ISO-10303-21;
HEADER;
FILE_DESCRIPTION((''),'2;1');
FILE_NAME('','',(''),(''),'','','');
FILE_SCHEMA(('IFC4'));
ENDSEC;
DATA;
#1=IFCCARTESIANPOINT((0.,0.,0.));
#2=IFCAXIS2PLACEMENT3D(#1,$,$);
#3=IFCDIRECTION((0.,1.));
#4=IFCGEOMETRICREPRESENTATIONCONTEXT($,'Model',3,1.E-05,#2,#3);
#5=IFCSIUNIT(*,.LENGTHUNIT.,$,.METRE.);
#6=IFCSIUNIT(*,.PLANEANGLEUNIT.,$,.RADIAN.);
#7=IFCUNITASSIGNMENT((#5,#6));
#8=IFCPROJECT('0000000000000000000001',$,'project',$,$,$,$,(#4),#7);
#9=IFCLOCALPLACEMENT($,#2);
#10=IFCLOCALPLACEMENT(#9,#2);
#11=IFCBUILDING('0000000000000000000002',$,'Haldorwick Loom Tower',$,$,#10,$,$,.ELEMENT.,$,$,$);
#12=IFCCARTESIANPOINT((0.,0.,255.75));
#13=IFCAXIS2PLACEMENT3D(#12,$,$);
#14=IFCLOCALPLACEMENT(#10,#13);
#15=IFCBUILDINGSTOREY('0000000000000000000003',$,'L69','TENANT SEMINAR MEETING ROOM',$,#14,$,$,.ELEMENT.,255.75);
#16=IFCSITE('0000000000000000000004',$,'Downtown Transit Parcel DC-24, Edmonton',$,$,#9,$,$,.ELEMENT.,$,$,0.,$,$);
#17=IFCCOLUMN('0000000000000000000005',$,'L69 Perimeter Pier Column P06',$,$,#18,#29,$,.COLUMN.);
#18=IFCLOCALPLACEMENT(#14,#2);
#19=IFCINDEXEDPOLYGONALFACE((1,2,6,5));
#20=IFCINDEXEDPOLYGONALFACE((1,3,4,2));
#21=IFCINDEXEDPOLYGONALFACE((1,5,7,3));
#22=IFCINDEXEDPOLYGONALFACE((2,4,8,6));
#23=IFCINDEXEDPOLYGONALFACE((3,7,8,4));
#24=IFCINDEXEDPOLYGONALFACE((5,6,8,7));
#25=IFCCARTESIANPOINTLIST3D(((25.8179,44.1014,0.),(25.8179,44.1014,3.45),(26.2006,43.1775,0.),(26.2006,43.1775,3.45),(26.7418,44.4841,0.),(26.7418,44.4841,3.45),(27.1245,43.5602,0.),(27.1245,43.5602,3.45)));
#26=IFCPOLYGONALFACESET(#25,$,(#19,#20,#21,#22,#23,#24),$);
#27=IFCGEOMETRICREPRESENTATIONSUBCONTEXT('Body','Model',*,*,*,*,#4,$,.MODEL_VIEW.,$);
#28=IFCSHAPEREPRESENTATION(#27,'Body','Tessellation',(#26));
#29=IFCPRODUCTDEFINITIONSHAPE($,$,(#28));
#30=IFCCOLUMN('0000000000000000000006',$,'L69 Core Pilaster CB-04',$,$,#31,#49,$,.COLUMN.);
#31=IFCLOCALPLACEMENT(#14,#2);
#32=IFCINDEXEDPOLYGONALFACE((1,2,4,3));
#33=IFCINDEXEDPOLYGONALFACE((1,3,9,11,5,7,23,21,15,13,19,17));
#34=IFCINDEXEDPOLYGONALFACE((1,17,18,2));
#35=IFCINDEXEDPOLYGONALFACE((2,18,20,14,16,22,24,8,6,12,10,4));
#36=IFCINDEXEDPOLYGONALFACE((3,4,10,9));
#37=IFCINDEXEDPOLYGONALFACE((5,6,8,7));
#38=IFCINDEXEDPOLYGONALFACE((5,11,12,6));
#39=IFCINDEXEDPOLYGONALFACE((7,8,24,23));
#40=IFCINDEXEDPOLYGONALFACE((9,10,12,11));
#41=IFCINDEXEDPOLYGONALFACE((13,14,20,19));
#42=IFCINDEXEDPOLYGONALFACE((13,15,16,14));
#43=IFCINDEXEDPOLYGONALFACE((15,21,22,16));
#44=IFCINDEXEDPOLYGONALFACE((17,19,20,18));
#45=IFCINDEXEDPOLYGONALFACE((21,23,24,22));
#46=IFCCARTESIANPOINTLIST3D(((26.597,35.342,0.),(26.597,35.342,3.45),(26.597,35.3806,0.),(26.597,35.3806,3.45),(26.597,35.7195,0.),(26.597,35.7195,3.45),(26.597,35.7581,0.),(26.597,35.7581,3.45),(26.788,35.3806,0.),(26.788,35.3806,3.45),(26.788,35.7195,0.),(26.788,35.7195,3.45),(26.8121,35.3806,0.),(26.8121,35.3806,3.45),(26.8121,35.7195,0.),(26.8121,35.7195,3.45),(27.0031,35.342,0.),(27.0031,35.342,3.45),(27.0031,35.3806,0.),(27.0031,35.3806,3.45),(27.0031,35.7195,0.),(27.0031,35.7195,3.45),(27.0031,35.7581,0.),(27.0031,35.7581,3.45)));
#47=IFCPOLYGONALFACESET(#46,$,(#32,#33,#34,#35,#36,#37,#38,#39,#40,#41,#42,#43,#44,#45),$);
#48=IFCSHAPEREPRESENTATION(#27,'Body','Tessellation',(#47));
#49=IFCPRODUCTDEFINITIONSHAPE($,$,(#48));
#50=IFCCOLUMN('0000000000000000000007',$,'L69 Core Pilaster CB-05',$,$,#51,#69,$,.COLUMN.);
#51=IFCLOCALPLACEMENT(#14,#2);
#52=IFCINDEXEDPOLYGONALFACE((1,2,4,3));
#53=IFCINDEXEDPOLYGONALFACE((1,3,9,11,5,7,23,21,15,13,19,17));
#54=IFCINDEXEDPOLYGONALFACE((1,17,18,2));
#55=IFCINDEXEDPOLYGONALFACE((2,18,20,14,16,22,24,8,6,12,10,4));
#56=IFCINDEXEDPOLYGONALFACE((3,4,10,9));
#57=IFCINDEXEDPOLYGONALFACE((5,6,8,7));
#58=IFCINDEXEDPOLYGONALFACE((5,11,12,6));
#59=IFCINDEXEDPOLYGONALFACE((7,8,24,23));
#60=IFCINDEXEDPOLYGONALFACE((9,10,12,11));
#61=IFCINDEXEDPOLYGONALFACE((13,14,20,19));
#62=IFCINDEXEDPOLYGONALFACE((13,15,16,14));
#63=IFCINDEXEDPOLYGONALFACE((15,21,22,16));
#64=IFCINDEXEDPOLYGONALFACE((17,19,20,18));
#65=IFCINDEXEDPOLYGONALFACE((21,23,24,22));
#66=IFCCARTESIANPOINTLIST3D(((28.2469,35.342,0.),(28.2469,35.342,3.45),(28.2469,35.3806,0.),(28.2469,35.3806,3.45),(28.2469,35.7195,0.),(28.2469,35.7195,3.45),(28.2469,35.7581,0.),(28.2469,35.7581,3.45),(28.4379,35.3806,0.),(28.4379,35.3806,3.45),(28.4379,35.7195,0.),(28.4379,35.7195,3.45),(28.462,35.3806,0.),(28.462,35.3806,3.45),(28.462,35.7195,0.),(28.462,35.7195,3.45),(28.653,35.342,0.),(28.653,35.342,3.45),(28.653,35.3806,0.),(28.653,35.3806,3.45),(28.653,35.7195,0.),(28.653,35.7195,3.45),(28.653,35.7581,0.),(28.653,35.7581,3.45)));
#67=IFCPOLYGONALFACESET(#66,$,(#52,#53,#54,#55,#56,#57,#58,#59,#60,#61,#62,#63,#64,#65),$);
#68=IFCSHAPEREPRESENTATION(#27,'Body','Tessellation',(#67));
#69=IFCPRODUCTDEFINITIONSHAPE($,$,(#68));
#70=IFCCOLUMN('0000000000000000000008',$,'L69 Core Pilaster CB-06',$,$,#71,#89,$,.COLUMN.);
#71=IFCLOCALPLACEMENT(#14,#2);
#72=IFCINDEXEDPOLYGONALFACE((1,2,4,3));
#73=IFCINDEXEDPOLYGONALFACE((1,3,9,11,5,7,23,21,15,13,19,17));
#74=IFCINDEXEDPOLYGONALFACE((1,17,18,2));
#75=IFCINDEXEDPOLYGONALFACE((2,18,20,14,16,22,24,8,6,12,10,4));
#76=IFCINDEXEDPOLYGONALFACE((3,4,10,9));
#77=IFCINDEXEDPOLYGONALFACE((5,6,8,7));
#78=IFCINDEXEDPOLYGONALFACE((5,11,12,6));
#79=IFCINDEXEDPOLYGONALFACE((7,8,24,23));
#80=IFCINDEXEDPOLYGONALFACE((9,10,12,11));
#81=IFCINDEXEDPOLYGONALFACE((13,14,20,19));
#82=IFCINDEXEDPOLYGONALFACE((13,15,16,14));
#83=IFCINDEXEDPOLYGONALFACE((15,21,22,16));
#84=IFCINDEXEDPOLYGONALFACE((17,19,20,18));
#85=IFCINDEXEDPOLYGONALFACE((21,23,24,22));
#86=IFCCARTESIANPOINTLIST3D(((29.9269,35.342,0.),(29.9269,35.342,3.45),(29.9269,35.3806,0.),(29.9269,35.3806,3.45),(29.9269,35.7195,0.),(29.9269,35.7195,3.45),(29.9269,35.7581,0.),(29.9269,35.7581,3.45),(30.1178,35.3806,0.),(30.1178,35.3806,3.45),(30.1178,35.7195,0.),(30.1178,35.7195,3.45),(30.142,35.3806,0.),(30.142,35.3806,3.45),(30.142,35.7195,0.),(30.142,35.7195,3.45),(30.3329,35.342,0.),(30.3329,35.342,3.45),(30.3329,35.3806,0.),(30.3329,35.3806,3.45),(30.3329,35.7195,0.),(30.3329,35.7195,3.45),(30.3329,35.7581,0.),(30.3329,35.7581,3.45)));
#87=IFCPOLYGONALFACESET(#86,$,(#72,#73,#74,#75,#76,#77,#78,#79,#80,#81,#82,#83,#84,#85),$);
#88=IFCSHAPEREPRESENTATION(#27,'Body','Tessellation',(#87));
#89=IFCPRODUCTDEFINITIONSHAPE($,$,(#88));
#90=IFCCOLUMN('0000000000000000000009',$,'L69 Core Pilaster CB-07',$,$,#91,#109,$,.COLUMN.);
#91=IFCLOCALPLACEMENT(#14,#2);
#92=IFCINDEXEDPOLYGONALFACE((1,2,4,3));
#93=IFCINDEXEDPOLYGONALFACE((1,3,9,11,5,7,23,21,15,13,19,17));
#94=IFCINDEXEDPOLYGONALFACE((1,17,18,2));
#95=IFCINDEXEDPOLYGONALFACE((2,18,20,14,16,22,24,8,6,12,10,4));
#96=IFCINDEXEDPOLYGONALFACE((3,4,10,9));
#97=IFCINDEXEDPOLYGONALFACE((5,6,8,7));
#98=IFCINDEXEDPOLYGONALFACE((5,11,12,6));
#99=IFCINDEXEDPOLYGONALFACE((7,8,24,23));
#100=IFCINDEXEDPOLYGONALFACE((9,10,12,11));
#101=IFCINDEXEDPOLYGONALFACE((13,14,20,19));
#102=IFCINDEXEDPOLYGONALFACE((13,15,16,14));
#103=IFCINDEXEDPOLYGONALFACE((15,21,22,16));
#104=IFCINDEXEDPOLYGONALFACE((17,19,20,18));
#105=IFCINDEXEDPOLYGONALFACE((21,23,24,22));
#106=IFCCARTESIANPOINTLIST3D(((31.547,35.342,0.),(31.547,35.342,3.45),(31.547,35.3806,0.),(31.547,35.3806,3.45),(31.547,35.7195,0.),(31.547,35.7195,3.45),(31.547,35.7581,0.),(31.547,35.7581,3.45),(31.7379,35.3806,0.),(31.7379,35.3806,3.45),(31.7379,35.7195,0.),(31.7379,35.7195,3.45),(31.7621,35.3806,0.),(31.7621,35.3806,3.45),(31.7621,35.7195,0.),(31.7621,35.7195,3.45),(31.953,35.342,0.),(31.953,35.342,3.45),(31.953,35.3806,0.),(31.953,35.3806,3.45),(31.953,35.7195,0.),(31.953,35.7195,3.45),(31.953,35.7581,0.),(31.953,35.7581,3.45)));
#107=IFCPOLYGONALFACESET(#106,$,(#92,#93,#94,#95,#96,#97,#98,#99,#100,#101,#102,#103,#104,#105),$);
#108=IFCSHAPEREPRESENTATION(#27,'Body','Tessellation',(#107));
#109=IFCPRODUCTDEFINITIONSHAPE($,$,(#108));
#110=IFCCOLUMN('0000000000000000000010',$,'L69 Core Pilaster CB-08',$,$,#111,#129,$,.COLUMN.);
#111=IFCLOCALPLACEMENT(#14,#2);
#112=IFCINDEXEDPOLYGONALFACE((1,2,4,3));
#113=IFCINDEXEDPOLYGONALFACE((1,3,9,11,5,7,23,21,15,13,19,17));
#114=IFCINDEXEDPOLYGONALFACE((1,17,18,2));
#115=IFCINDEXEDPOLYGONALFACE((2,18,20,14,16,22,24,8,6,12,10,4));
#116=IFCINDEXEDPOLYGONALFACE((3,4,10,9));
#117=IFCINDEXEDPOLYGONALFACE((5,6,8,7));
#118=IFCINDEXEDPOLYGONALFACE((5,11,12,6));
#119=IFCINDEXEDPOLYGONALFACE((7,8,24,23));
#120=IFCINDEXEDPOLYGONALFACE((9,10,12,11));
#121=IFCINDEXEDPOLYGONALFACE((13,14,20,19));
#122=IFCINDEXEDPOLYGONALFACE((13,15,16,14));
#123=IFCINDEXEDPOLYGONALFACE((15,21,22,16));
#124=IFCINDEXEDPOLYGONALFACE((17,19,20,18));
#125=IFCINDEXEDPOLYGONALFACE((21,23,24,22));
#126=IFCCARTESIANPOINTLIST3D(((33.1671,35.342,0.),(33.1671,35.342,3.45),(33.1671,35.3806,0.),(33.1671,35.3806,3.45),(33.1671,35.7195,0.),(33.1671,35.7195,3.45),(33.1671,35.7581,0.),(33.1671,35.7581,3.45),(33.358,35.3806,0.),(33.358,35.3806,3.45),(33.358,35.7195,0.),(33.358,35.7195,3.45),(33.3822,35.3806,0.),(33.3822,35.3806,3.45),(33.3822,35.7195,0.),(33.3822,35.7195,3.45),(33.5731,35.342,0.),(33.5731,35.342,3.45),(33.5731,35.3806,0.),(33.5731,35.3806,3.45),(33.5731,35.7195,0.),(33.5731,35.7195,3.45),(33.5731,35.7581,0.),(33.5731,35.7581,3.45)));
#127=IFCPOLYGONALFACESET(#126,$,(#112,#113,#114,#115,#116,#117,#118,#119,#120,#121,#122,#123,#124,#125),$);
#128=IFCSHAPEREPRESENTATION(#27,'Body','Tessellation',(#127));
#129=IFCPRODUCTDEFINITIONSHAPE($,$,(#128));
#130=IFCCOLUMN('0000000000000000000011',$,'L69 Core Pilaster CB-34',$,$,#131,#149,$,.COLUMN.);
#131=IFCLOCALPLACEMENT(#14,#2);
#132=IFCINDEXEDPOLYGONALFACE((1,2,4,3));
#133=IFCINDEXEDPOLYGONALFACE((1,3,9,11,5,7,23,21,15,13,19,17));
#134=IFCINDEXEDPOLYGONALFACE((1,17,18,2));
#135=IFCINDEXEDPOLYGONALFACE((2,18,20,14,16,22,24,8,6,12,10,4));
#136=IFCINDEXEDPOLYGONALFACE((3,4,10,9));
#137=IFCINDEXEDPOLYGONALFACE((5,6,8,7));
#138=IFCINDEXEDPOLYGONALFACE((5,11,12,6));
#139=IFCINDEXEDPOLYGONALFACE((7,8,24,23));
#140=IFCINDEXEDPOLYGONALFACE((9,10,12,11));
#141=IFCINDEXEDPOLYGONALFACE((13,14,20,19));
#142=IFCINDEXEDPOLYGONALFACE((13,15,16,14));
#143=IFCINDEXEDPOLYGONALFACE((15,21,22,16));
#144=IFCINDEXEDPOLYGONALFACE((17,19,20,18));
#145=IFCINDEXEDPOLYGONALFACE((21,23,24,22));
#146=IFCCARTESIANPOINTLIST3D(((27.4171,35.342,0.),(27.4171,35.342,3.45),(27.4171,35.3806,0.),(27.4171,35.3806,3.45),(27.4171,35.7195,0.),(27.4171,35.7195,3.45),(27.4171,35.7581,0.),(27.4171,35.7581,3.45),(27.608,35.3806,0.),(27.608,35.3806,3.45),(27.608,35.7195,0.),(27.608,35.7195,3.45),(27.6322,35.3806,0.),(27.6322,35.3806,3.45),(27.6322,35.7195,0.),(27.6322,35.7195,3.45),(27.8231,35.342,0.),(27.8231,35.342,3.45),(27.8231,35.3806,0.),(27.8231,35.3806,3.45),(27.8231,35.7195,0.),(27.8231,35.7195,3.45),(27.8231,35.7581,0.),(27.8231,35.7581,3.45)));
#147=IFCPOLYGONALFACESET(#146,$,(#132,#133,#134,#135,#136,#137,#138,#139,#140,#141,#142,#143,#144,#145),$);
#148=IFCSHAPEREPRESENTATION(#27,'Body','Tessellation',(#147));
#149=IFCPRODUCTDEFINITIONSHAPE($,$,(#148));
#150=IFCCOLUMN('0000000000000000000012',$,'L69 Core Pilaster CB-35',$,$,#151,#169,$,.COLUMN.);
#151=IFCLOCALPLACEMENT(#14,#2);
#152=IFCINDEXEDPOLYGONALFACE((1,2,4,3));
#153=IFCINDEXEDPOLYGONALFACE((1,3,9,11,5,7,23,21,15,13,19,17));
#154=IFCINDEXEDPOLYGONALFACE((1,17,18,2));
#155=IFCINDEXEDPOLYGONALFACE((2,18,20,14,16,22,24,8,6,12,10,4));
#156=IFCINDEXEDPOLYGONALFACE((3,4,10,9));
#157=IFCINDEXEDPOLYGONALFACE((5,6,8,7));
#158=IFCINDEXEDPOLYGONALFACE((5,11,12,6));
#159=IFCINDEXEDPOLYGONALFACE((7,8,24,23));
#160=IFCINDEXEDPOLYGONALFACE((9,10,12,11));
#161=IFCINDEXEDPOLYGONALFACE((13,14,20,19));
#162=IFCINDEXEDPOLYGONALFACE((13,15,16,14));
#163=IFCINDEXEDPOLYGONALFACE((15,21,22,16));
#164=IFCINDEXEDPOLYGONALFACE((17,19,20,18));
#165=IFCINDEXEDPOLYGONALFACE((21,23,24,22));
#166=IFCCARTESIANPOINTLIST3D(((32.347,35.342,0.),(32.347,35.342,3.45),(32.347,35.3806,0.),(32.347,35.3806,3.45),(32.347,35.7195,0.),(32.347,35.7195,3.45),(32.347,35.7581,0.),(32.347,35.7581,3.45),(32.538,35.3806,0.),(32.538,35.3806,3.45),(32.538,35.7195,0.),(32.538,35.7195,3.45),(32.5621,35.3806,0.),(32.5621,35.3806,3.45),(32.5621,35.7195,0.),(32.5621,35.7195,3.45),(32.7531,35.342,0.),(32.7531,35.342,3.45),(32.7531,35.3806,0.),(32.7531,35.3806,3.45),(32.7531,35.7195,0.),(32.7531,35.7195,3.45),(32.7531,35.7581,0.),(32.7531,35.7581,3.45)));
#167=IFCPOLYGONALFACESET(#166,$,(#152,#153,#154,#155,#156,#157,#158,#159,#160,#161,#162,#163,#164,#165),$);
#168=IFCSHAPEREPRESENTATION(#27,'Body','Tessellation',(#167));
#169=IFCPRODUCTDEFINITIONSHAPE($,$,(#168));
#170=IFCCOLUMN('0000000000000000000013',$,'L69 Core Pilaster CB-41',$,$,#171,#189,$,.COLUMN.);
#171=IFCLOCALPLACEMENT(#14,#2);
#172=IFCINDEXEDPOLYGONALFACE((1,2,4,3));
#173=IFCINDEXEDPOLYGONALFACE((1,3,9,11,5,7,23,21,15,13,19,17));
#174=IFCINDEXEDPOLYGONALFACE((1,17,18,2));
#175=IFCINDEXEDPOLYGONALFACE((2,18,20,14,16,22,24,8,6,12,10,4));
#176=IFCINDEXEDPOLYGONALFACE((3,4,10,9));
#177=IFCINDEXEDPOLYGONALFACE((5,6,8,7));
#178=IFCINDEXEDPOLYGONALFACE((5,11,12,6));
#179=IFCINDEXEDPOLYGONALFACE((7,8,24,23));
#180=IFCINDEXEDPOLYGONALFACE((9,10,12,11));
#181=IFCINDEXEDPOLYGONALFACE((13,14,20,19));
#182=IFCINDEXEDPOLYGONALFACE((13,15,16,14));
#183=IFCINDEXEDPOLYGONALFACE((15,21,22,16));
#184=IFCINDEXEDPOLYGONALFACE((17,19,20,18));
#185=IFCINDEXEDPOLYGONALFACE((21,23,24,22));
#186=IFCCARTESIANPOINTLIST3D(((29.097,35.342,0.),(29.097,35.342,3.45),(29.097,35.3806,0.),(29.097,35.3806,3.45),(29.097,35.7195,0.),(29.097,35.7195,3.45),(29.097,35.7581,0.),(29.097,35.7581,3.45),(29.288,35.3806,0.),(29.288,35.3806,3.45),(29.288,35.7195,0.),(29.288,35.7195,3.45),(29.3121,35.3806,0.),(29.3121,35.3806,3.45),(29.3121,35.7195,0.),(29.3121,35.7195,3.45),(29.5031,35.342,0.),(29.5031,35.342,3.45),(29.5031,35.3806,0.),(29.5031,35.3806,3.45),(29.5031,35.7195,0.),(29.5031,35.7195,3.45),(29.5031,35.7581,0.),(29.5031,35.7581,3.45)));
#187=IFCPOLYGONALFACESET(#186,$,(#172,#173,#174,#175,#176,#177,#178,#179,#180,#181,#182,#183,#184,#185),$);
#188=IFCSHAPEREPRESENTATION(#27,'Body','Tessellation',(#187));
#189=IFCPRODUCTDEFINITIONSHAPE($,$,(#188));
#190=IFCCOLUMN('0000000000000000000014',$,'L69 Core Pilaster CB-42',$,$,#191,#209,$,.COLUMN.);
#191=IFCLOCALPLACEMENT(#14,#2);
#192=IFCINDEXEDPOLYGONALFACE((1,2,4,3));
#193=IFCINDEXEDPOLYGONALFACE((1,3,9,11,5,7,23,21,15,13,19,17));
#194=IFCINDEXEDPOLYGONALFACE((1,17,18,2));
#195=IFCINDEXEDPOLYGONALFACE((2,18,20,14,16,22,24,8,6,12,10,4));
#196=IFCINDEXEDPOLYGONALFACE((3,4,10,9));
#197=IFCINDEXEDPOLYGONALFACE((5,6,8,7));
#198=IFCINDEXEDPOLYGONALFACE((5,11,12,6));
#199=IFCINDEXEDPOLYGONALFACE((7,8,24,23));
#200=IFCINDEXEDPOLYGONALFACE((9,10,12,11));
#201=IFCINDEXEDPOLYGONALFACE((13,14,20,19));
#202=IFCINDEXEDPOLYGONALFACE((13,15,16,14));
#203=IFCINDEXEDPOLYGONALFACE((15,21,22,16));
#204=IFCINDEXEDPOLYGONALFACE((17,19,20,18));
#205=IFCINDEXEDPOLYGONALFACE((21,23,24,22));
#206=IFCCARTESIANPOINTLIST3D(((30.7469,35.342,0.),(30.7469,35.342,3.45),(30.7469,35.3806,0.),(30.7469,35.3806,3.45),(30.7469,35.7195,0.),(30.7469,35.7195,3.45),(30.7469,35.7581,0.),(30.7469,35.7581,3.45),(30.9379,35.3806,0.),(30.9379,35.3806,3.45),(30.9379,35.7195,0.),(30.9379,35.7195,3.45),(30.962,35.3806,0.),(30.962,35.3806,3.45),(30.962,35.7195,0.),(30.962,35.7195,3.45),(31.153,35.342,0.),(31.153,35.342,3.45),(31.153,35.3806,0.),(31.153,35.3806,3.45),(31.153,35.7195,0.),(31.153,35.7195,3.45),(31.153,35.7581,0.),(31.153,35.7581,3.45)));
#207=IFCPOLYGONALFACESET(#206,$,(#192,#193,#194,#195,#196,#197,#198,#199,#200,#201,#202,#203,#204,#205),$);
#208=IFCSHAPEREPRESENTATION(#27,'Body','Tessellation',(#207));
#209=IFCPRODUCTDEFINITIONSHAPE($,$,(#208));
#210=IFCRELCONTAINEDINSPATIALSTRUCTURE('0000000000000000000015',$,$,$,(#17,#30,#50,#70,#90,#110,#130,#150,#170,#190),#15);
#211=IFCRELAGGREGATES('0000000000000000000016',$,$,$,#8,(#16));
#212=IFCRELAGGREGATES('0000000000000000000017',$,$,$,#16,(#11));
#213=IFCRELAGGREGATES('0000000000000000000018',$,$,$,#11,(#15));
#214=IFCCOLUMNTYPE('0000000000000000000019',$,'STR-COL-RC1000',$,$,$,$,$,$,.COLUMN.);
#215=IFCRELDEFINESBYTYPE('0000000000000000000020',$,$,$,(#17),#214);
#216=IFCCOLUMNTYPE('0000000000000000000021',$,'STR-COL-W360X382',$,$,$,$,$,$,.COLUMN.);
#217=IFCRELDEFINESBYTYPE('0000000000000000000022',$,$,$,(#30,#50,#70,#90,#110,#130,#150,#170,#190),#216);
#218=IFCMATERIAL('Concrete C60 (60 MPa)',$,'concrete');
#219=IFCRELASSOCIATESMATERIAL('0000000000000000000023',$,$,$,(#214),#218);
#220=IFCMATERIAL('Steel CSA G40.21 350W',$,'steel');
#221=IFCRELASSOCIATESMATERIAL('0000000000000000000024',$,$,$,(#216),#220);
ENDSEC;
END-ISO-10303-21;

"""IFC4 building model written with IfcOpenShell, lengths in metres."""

from ifc_helpers import new_model, si_unit, direction, frame, origin, origin_2d, place, context, subcontext, project, spatial, rectangle, i_section, extrude, material, material_profile, profile_set, type_object, element, save


model = new_model("IFC4")

# Units and contexts
model_context = context("Model", 3, precision=1e-05, world=origin(), true_north=direction((0.0, 1.0)))
body_context = subcontext(model_context, "Body", "Model", "MODEL_VIEW")
ifc_project = project(units=[si_unit("LENGTHUNIT", "METRE"), si_unit("PLANEANGLEUNIT", "RADIAN")], contexts=[model_context])

# Site, building, storey
site_placement = place(None, origin())
site = spatial("IfcSite", under=ifc_project, at=site_placement, Name="Downtown Transit Parcel DC-24, Edmonton", CompositionType="ELEMENT", RefElevation=0.0)
building_placement = place(site_placement, origin())
building = spatial("IfcBuilding", under=site, at=building_placement, Name="Haldorwick Loom Tower", CompositionType="ELEMENT")
storey_placement = place(building_placement, frame((0.0, 0.0, 255.75)))
storey = spatial("IfcBuildingStorey", under=building, at=storey_placement, Name="L69", Description="TENANT SEMINAR MEETING ROOM", CompositionType="ELEMENT", Elevation=255.75)

# Columns
ifc_material_1 = material(Name="Concrete C60 (60 MPa)", Category="concrete")
ifc_material_profile_1 = material_profile(ifc_material_1, rectangle(XDim=1.0, YDim=1.0, at=origin_2d()), Name="RC1000X1000", Category="concrete")
ifc_profile_set_1 = profile_set([ifc_material_profile_1], Name="Concrete C60 (60 MPa)")
column_type_1 = type_object("IfcColumnType", Name="STR-COL-RC1000", PredefinedType="COLUMN", material=ifc_profile_set_1)
column_placement = place(storey_placement, frame((26.4712, 43.8308, 0.0), z_axis=(0.0, 0.0, 1.0), x_axis=(-0.382683, 0.92388, 0.0)))
element("IfcColumn", 1, at=column_placement, inside=storey, type_object=column_type_1, Name="L69 Perimeter Pier Column P06", PredefinedType="COLUMN", context=body_context, shape_type="SweptSolid", body=[
    extrude(rectangle(XDim=1.0, YDim=1.0, at=origin_2d()), origin(), (0.0, 0.0, 1.0), 3.45),
])
ifc_material_2 = material(Name="Steel CSA G40.21 350W", Category="steel")
ifc_material_profile_2 = material_profile(ifc_material_2, i_section(OverallWidth=0.406, OverallDepth=0.416, WebThickness=0.0242, FlangeThickness=0.0386, at=origin_2d()), Name="W360X382", Category="steel")
ifc_profile_set_2 = profile_set([ifc_material_profile_2], Name="Steel CSA G40.21 350W")
column_type_2 = type_object("IfcColumnType", Name="STR-COL-W360X382", PredefinedType="COLUMN", material=ifc_profile_set_2)
for number, where, z_axis, x_axis, name in (
    (2, (26.8, 35.55, 0.0), (0.0, 0.0, 1.0), (1.0, 0.0, 0.0), "L69 Core Pilaster CB-04"),
    (3, (28.45, 35.55, 0.0), (0.0, 0.0, 1.0), (1.0, 0.0, 0.0), "L69 Core Pilaster CB-05"),
    (4, (30.1299, 35.55, 0.0), (0.0, 0.0, 1.0), (1.0, 0.0, 0.0), "L69 Core Pilaster CB-06"),
    (5, (31.75, 35.55, 0.0), (0.0, 0.0, 1.0), (1.0, 0.0, 0.0), "L69 Core Pilaster CB-07"),
    (6, (33.3701, 35.55, 0.0), (0.0, 0.0, 1.0), (1.0, 0.0, 0.0), "L69 Core Pilaster CB-08"),
    (7, (27.6201, 35.55, 0.0), (0.0, 0.0, 1.0), (1.0, 0.0, 0.0), "L69 Core Pilaster CB-34"),
    (8, (32.55, 35.55, 0.0), (0.0, 0.0, 1.0), (1.0, 0.0, 0.0), "L69 Core Pilaster CB-35"),
    (9, (29.3, 35.55, 0.0), (0.0, 0.0, 1.0), (1.0, 0.0, 0.0), "L69 Core Pilaster CB-41"),
    (10, (30.95, 35.55, 0.0), (0.0, 0.0, 1.0), (1.0, 0.0, 0.0), "L69 Core Pilaster CB-42"),
):
    element("IfcColumn", number, at=place(storey_placement, frame(where, z_axis=z_axis, x_axis=x_axis)), inside=storey, type_object=column_type_2, Name=name, PredefinedType="COLUMN", context=body_context, shape_type="SweptSolid", body=[
        extrude(i_section(OverallWidth=0.406, OverallDepth=0.416, WebThickness=0.0242, FlangeThickness=0.0386, at=origin_2d()), origin(), (0.0, 0.0, 1.0), 3.45),
    ])

save(model, "model.ifc")
